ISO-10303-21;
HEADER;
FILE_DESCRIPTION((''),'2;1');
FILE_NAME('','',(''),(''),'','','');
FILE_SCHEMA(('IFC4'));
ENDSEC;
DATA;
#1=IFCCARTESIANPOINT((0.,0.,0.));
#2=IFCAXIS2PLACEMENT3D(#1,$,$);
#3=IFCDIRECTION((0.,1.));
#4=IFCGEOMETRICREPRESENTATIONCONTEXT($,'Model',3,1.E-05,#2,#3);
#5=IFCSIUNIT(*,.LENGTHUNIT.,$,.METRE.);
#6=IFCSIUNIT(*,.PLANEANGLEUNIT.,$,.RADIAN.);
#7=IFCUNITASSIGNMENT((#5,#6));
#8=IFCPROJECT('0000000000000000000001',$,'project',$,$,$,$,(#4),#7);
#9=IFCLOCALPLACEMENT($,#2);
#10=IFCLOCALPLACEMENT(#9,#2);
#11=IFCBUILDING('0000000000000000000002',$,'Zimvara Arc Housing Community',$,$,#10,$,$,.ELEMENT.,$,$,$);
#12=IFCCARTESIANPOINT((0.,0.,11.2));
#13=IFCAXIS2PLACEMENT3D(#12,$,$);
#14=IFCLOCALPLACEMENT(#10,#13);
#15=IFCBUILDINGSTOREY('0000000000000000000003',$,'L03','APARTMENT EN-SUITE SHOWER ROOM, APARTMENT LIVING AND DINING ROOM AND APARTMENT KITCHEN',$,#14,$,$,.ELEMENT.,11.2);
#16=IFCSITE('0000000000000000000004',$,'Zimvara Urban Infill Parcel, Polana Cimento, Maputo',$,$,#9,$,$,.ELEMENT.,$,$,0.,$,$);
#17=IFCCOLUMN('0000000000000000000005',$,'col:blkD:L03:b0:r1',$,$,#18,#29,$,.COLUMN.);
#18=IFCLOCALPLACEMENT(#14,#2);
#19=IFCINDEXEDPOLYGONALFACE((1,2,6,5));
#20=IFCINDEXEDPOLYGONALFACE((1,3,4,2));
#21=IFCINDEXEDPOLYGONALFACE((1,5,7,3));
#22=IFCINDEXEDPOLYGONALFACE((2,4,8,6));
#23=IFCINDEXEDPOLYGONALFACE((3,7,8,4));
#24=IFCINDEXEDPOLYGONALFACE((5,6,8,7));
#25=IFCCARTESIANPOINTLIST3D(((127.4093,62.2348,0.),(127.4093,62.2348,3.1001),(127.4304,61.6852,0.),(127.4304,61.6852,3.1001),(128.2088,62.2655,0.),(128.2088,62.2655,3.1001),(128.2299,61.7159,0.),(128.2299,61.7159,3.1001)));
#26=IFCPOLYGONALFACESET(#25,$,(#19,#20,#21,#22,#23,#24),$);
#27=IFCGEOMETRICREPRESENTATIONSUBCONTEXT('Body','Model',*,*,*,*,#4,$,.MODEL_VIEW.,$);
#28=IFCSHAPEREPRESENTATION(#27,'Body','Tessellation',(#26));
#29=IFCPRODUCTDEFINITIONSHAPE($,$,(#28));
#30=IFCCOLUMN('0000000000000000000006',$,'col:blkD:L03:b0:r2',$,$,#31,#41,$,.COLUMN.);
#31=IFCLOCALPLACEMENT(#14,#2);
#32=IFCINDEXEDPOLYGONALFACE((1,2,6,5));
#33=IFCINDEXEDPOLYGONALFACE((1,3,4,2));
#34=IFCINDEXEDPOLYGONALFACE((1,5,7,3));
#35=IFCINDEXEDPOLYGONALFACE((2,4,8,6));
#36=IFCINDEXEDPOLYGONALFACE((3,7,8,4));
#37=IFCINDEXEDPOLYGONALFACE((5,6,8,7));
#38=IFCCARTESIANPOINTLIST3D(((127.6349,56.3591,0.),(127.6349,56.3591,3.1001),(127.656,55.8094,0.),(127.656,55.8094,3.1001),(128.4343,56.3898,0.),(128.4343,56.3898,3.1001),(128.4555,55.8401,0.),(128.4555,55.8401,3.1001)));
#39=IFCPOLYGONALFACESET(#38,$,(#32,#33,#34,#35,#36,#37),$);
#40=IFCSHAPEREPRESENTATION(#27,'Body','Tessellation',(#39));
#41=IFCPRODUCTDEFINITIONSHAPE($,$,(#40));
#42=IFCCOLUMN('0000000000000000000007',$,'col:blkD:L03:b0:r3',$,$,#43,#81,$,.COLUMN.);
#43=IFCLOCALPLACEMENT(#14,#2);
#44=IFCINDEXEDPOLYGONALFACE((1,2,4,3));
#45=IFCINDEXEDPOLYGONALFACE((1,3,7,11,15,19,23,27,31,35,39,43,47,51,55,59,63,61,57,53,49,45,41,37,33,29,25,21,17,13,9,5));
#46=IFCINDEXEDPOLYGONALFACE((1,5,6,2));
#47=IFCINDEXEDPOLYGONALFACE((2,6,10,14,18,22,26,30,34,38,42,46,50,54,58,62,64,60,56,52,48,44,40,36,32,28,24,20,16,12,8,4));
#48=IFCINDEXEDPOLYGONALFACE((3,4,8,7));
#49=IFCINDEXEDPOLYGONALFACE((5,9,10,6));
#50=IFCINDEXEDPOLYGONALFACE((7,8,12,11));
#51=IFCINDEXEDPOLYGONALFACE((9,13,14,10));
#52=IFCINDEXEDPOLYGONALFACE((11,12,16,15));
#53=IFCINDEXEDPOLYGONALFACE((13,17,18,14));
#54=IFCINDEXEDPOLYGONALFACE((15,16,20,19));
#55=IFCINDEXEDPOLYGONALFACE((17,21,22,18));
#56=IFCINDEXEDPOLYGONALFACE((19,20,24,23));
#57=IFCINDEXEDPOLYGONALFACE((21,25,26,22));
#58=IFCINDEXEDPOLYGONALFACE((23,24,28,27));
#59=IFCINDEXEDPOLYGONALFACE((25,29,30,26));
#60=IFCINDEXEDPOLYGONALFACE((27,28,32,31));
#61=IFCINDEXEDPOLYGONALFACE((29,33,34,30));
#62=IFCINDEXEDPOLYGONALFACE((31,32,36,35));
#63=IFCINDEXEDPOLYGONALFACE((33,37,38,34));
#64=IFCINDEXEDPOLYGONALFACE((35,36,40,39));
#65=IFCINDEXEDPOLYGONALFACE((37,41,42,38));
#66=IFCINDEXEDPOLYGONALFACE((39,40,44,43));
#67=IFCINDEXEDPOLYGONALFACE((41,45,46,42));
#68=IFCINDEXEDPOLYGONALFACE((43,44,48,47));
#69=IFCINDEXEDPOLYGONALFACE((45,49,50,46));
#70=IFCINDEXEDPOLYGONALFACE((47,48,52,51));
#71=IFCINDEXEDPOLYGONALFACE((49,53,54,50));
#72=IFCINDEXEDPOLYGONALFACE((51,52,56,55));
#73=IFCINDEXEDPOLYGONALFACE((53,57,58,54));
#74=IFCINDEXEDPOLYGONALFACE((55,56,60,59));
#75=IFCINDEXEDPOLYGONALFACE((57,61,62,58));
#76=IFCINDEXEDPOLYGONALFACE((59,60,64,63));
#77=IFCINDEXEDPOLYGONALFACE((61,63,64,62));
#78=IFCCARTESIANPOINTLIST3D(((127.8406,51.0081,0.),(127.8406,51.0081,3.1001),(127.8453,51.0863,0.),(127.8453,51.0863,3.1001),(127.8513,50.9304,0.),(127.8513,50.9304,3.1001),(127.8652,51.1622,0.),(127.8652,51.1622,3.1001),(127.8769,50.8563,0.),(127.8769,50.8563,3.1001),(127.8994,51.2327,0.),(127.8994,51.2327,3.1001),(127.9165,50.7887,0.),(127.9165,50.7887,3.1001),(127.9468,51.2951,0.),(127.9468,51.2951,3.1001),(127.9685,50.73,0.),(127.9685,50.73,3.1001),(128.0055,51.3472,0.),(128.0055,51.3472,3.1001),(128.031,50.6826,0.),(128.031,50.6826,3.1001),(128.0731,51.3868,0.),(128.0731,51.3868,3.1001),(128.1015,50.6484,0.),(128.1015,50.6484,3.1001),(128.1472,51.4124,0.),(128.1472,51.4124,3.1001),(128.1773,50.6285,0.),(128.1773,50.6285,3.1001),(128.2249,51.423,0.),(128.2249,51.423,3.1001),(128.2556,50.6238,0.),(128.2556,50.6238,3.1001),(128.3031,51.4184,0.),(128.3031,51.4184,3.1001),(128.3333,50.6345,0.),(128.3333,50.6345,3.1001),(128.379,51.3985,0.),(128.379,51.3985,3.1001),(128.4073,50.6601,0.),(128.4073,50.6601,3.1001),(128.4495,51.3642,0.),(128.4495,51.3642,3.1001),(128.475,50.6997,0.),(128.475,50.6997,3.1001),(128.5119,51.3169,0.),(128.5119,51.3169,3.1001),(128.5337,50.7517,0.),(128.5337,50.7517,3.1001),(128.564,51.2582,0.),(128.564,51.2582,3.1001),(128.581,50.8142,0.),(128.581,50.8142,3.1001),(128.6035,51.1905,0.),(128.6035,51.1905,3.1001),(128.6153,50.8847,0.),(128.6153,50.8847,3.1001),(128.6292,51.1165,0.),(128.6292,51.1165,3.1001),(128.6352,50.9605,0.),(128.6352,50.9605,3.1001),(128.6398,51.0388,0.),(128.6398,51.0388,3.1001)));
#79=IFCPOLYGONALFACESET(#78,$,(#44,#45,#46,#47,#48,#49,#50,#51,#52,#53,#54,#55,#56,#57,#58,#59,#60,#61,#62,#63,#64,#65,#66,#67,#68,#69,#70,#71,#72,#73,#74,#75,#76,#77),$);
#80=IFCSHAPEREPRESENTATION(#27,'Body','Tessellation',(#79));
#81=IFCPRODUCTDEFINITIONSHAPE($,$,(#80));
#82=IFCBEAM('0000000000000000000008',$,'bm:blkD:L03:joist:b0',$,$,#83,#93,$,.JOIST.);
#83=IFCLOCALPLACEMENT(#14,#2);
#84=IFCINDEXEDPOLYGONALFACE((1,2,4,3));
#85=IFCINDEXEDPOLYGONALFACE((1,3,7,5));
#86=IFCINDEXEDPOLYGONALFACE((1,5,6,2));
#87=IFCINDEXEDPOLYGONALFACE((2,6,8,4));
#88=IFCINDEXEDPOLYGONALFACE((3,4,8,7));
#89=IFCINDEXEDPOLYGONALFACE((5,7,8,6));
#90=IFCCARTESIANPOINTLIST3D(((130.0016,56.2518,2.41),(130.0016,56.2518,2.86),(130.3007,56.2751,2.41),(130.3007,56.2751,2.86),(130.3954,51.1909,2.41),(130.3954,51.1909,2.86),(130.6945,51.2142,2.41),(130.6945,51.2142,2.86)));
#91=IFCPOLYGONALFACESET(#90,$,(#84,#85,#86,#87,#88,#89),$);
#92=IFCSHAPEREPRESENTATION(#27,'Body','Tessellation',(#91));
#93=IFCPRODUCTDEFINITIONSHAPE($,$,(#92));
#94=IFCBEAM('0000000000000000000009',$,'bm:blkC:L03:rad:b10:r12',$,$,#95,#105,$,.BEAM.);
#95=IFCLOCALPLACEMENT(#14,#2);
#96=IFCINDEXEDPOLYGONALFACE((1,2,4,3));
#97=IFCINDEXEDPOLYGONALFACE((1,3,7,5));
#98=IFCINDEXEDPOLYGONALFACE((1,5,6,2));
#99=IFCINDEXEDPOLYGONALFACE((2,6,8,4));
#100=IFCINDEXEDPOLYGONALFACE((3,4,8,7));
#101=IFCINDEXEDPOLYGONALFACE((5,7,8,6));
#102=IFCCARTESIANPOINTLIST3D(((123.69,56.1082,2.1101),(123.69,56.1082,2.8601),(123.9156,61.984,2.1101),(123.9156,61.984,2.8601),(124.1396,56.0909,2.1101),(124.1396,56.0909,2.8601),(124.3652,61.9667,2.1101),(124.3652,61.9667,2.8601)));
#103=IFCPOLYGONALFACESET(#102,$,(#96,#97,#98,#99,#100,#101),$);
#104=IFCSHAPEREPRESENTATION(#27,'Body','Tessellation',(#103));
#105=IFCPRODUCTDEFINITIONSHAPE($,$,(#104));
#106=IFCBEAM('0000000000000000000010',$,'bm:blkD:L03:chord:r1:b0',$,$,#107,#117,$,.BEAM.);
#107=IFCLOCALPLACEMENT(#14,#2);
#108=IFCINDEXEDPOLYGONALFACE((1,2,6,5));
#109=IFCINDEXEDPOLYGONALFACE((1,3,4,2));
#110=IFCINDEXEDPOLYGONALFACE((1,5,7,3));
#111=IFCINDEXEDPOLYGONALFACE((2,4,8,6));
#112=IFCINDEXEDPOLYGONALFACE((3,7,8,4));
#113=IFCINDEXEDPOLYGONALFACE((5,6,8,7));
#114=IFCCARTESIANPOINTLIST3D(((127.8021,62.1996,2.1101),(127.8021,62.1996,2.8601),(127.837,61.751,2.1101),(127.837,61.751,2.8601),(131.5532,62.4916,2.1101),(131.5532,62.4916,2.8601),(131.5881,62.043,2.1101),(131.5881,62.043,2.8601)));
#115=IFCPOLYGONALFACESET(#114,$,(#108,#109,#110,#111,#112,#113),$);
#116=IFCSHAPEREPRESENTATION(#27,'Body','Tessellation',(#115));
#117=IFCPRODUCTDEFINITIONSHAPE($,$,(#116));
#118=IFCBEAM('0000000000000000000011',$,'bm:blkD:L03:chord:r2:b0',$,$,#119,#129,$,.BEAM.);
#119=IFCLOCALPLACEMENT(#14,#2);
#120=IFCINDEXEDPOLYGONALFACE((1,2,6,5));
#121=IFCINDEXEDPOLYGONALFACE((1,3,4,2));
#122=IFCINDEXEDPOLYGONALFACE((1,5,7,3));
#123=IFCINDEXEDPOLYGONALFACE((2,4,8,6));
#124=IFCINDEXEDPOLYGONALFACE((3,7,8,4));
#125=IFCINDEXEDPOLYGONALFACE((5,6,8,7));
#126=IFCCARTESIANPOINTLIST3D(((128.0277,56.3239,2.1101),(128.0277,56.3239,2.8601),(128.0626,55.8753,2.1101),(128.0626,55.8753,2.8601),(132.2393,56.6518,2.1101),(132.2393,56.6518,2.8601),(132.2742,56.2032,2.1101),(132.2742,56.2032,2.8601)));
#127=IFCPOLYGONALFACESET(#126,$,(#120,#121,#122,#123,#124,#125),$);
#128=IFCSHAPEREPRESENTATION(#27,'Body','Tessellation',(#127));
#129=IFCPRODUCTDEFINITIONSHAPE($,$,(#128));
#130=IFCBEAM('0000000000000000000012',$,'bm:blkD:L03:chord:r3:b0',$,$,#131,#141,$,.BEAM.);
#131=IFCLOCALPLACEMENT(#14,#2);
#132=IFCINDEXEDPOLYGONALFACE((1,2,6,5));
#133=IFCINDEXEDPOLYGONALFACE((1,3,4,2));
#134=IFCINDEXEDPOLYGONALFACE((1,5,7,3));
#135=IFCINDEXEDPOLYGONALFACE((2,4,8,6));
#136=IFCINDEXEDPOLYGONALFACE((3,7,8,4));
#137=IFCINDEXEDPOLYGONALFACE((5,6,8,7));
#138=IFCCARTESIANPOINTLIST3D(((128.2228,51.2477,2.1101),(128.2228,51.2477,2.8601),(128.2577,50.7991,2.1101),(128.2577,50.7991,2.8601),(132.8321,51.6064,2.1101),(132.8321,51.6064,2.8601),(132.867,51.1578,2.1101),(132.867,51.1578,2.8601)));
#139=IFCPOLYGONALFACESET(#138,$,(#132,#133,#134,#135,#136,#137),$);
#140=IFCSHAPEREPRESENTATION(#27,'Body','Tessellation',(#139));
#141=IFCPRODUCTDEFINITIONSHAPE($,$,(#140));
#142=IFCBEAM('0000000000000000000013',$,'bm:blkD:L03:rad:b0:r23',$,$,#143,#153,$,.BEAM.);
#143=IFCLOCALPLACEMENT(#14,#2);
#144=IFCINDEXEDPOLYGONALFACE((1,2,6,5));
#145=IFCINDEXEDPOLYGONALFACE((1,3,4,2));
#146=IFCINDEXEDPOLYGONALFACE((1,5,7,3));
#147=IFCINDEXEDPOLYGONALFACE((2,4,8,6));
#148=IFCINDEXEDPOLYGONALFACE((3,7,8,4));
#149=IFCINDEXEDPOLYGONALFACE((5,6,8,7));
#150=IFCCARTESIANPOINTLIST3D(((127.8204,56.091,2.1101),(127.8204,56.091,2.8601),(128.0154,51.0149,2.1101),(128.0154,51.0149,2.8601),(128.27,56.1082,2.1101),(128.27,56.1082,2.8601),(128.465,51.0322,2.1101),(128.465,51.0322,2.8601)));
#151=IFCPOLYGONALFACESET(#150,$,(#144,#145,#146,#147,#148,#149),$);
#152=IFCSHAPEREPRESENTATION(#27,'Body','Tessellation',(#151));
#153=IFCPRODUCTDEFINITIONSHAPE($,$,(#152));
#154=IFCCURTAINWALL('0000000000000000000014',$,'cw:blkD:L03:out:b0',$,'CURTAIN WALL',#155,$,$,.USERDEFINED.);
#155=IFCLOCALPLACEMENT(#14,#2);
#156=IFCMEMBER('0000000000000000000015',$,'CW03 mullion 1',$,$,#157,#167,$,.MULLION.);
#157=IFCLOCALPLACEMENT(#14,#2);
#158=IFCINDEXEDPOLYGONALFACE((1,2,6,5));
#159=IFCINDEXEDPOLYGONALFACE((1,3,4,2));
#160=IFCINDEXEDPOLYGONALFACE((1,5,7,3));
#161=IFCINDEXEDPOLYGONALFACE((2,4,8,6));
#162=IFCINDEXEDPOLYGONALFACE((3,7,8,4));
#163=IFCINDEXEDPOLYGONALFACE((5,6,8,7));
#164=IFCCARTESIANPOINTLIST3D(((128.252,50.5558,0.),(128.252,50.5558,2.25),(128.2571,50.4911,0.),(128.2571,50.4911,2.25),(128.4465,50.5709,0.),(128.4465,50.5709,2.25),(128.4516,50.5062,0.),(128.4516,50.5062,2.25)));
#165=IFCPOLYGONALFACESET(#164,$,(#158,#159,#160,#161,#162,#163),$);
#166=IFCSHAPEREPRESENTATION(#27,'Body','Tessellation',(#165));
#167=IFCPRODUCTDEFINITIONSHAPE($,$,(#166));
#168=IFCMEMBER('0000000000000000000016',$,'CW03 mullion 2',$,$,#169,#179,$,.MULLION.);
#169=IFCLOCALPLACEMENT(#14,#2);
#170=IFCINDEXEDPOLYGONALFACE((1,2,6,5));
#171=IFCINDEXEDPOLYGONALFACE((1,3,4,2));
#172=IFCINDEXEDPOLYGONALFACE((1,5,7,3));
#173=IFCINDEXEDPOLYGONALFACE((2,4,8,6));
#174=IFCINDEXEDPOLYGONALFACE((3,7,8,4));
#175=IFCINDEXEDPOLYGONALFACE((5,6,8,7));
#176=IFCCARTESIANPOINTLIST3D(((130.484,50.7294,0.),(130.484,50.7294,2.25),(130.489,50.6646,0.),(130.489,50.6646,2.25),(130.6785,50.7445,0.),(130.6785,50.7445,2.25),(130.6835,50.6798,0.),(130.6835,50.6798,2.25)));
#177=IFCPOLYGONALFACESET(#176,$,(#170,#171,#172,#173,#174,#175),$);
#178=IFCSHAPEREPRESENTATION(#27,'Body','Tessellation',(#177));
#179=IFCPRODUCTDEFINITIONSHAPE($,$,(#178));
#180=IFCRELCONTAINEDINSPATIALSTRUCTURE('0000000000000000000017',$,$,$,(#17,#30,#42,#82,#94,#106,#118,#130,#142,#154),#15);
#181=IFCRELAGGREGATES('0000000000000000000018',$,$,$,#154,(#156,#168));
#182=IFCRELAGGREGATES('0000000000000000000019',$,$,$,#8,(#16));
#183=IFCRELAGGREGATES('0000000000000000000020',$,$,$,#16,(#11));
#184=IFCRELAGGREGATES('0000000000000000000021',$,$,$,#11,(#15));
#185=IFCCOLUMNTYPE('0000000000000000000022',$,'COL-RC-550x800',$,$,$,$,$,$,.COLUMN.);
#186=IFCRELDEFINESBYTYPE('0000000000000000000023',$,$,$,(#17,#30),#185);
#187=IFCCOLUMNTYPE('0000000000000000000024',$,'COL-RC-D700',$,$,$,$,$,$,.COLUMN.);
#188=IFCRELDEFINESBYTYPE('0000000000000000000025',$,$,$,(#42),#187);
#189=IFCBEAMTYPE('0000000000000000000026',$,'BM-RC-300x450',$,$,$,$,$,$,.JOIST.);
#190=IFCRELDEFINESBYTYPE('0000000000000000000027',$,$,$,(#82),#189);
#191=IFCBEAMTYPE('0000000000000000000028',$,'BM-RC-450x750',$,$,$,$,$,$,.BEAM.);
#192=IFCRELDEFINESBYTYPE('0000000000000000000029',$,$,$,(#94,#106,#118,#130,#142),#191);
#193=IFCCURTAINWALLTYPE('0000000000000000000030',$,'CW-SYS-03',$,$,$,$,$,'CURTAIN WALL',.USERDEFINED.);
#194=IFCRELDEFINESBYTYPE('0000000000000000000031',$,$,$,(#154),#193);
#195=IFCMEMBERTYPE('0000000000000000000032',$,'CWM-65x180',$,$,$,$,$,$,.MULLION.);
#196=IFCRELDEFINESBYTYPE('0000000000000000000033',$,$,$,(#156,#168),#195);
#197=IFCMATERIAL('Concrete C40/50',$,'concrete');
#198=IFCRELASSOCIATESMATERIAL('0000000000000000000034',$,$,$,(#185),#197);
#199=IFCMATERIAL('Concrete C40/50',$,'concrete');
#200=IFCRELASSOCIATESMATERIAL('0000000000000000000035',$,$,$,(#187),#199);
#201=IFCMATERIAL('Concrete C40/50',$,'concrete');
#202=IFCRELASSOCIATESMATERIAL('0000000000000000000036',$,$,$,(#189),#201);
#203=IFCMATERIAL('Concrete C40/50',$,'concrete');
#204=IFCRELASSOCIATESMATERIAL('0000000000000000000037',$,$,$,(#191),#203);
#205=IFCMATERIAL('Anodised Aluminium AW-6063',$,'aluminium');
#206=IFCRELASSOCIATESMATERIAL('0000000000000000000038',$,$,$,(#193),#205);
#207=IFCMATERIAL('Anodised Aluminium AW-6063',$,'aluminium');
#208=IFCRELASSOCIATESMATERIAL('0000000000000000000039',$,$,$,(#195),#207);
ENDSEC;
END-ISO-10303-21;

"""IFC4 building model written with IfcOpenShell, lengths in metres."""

from ifc_helpers import new_model, si_unit, direction, frame, origin, origin_2d, place, context, subcontext, project, spatial, rectangle, circle, extrude, material, material_profile, profile_set, type_object, element, aggregate, save


model = new_model("IFC4")

# Units and contexts
model_context = context("Model", 3, precision=1e-05, world=origin(), true_north=direction((0.0, 1.0)))
body_context = subcontext(model_context, "Body", "Model", "MODEL_VIEW")
ifc_project = project(units=[si_unit("LENGTHUNIT", "METRE"), si_unit("PLANEANGLEUNIT", "RADIAN")], contexts=[model_context])

# Site, building, storey
site_placement = place(None, origin())
site = spatial("IfcSite", under=ifc_project, at=site_placement, Name="Zimvara Urban Infill Parcel, Polana Cimento, Maputo", CompositionType="ELEMENT", RefElevation=0.0)
building_placement = place(site_placement, origin())
building = spatial("IfcBuilding", under=site, at=building_placement, Name="Zimvara Arc Housing Community", CompositionType="ELEMENT")
storey_placement = place(building_placement, frame((0.0, 0.0, 11.2)))
storey = spatial("IfcBuildingStorey", under=building, at=storey_placement, Name="L03", Description="APARTMENT EN-SUITE SHOWER ROOM, APARTMENT LIVING AND DINING ROOM AND APARTMENT KITCHEN", CompositionType="ELEMENT", Elevation=11.2)

# Columns
ifc_material_1 = material(Name="Concrete C40/50", Category="concrete")
ifc_material_profile_1 = material_profile(ifc_material_1, rectangle(XDim=0.55, YDim=0.8, at=origin_2d()), Name="RC 550x800")
ifc_profile_set_1 = profile_set([ifc_material_profile_1], Name="Concrete C40/50")
column_type_1 = type_object("IfcColumnType", Name="COL-RC-550x800", PredefinedType="COLUMN", material=ifc_profile_set_1)
for number, where, z_axis, x_axis, name in (
    (1, (127.8196, 61.9753, 0.0), (0.0, 0.0, 1.0), (0.038388, -0.999263, 0.0), "col:blkD:L03:b0:r1"),
    (2, (128.0452, 56.0996, 0.0), (0.0, 0.0, 1.0), (0.038388, -0.999263, 0.0), "col:blkD:L03:b0:r2"),
):
    element("IfcColumn", number, at=place(storey_placement, frame(where, z_axis=z_axis, x_axis=x_axis)), inside=storey, type_object=column_type_1, Name=name, PredefinedType="COLUMN", context=body_context, shape_type="SweptSolid", body=[
        extrude(rectangle(XDim=0.55, YDim=0.8, at=origin_2d()), origin(), (0.0, 0.0, 1.0), 3.1001),
    ])
ifc_material_2 = material(Name="Concrete C40/50", Category="concrete")
ifc_material_profile_2 = material_profile(ifc_material_2, circle(Radius=0.3999, at=origin_2d()), Name="RC D800")
ifc_profile_set_2 = profile_set([ifc_material_profile_2], Name="Concrete C40/50")
column_type_2 = type_object("IfcColumnType", Name="COL-RC-D700", PredefinedType="COLUMN", material=ifc_profile_set_2)
column_placement = place(storey_placement, frame((128.2402, 51.0234, 0.0), z_axis=(0.0, 0.0, 1.0), x_axis=(0.038388, -0.999263, 0.0)))
element("IfcColumn", 3, at=column_placement, inside=storey, type_object=column_type_2, Name="col:blkD:L03:b0:r3", PredefinedType="COLUMN", context=body_context, shape_type="SweptSolid", body=[
    extrude(circle(Radius=0.3999, at=origin_2d()), origin(), (0.0, 0.0, 1.0), 3.1001),
])

# Beams
ifc_material_3 = material(Name="Concrete C40/50", Category="concrete")
ifc_material_profile_3 = material_profile(ifc_material_3, rectangle(XDim=0.3, YDim=0.45, at=origin_2d()), Name="RC 300x450")
ifc_profile_set_3 = profile_set([ifc_material_profile_3], Name="Concrete C40/50")
beam_type_1 = type_object("IfcBeamType", Name="BM-RC-300x450", PredefinedType="JOIST", material=ifc_profile_set_3)
beam_1_placement = place(storey_placement, frame((130.1511, 56.2634, 2.635), z_axis=(0.077579, -0.996986, 0.0), x_axis=(0.996986, 0.077579, 0.0)))
element("IfcBeam", 4, at=beam_1_placement, inside=storey, type_object=beam_type_1, Name="bm:blkD:L03:joist:b0", PredefinedType="JOIST", context=body_context, shape_type="SweptSolid", body=[
    extrude(rectangle(XDim=0.3, YDim=0.45, at=origin_2d()), origin(), (0.0, 0.0, 1.0), 5.0762),
])
ifc_material_4 = material(Name="Concrete C40/50", Category="concrete")
ifc_material_profile_4 = material_profile(ifc_material_4, rectangle(XDim=0.45, YDim=0.75, at=origin_2d()), Name="RC 450x750")
ifc_profile_set_4 = profile_set([ifc_material_profile_4], Name="Concrete C40/50")
beam_type_2 = type_object("IfcBeamType", Name="BM-RC-450x750", PredefinedType="BEAM", material=ifc_profile_set_4)
beam_2_placement = place(storey_placement, frame((124.1404, 61.9753, 2.4851), z_axis=(-0.038365, -0.999264, 0.0), x_axis=(0.999264, -0.038365, 0.0)))
element("IfcBeam", 5, at=beam_2_placement, inside=storey, type_object=beam_type_2, Name="bm:blkC:L03:rad:b10:r12", PredefinedType="BEAM", context=body_context, shape_type="SweptSolid", body=[
    extrude(rectangle(XDim=0.45, YDim=0.75, at=origin_2d()), origin(), (0.0, 0.0, 1.0), 5.8801),
])
beam_3_placement = place(storey_placement, frame((127.8196, 61.9753, 2.4851), z_axis=(0.996984, 0.077604, 0.0), x_axis=(-0.077604, 0.996984, 0.0)))
element("IfcBeam", 6, at=beam_3_placement, inside=storey, type_object=beam_type_2, Name="bm:blkD:L03:chord:r1:b0", PredefinedType="BEAM", context=body_context, shape_type="SweptSolid", body=[
    extrude(rectangle(XDim=0.45, YDim=0.75, at=origin_2d()), origin(), (0.0, 0.0, 1.0), 3.7625),
])
beam_4_placement = place(storey_placement, frame((128.0452, 56.0996, 2.4851), z_axis=(0.996983, 0.077616, 0.0), x_axis=(-0.077616, 0.996983, 0.0)))
element("IfcBeam", 7, at=beam_4_placement, inside=storey, type_object=beam_type_2, Name="bm:blkD:L03:chord:r2:b0", PredefinedType="BEAM", context=body_context, shape_type="SweptSolid", body=[
    extrude(rectangle(XDim=0.45, YDim=0.75, at=origin_2d()), origin(), (0.0, 0.0, 1.0), 4.2244),
])
beam_5_placement = place(storey_placement, frame((128.2402, 51.0234, 2.4851), z_axis=(0.996987, 0.077573, 0.0), x_axis=(-0.077573, 0.996987, 0.0)))
element("IfcBeam", 8, at=beam_5_placement, inside=storey, type_object=beam_type_2, Name="bm:blkD:L03:chord:r3:b0", PredefinedType="BEAM", context=body_context, shape_type="SweptSolid", body=[
    extrude(rectangle(XDim=0.45, YDim=0.75, at=origin_2d()), origin(), (0.0, 0.0, 1.0), 4.6233),
])
beam_6_placement = place(storey_placement, frame((128.0452, 56.0996, 2.4851), z_axis=(0.0384, -0.999262, 0.0), x_axis=(0.999262, 0.0384, 0.0)))
element("IfcBeam", 9, at=beam_6_placement, inside=storey, type_object=beam_type_2, Name="bm:blkD:L03:rad:b0:r23", PredefinedType="BEAM", context=body_context, shape_type="SweptSolid", body=[
    extrude(rectangle(XDim=0.45, YDim=0.75, at=origin_2d()), origin(), (0.0, 0.0, 1.0), 5.0798),
])

# Curtain wall, members
ifc_material_5 = material(Name="Anodised Aluminium AW-6063", Category="aluminium")
curtain_wall_type = type_object("IfcCurtainWallType", Name="CW-SYS-03", ElementType="CURTAIN WALL", PredefinedType="USERDEFINED", material=ifc_material_5)
curtain_wall_placement = place(storey_placement, origin())
curtain_wall = element("IfcCurtainWall", 10, at=curtain_wall_placement, inside=storey, type_object=curtain_wall_type, Name="cw:blkD:L03:out:b0", ObjectType="CURTAIN WALL", PredefinedType="USERDEFINED")
ifc_material_6 = material(Name="Anodised Aluminium AW-6063", Category="aluminium")
ifc_material_profile_5 = material_profile(ifc_material_6, rectangle(XDim=0.0649, YDim=0.1951, at=origin_2d()), Name="ALU 65x195")
ifc_profile_set_5 = profile_set([ifc_material_profile_5], Name="Anodised Aluminium AW-6063")
member_type_1 = type_object("IfcMemberType", Name="CWM-65x180", PredefinedType="MULLION", material=ifc_profile_set_5)
member_1_placement = place(storey_placement, frame((128.3518, 50.531, 0.0), z_axis=(0.0, 0.0, 1.0), x_axis=(-0.07759, 0.996985, 0.0)))
member_1 = element("IfcMember", 11, at=member_1_placement, type_object=member_type_1, Name="CW03 mullion 1", PredefinedType="MULLION", context=body_context, shape_type="SweptSolid", body=[
    extrude(rectangle(XDim=0.0649, YDim=0.1951, at=origin_2d()), origin(), (0.0, 0.0, 1.0), 2.25),
])
member_2_placement = place(storey_placement, frame((130.5837, 50.7046, 0.0), z_axis=(0.0, 0.0, 1.0), x_axis=(-0.07759, 0.996985, 0.0)))
member_2 = element("IfcMember", 12, at=member_2_placement, type_object=member_type_1, Name="CW03 mullion 2", PredefinedType="MULLION", context=body_context, shape_type="SweptSolid", body=[
    extrude(rectangle(XDim=0.0649, YDim=0.1951, at=origin_2d()), origin(), (0.0, 0.0, 1.0), 2.25),
])
aggregate(curtain_wall, [member_1, member_2])

save(model, "model.ifc")
